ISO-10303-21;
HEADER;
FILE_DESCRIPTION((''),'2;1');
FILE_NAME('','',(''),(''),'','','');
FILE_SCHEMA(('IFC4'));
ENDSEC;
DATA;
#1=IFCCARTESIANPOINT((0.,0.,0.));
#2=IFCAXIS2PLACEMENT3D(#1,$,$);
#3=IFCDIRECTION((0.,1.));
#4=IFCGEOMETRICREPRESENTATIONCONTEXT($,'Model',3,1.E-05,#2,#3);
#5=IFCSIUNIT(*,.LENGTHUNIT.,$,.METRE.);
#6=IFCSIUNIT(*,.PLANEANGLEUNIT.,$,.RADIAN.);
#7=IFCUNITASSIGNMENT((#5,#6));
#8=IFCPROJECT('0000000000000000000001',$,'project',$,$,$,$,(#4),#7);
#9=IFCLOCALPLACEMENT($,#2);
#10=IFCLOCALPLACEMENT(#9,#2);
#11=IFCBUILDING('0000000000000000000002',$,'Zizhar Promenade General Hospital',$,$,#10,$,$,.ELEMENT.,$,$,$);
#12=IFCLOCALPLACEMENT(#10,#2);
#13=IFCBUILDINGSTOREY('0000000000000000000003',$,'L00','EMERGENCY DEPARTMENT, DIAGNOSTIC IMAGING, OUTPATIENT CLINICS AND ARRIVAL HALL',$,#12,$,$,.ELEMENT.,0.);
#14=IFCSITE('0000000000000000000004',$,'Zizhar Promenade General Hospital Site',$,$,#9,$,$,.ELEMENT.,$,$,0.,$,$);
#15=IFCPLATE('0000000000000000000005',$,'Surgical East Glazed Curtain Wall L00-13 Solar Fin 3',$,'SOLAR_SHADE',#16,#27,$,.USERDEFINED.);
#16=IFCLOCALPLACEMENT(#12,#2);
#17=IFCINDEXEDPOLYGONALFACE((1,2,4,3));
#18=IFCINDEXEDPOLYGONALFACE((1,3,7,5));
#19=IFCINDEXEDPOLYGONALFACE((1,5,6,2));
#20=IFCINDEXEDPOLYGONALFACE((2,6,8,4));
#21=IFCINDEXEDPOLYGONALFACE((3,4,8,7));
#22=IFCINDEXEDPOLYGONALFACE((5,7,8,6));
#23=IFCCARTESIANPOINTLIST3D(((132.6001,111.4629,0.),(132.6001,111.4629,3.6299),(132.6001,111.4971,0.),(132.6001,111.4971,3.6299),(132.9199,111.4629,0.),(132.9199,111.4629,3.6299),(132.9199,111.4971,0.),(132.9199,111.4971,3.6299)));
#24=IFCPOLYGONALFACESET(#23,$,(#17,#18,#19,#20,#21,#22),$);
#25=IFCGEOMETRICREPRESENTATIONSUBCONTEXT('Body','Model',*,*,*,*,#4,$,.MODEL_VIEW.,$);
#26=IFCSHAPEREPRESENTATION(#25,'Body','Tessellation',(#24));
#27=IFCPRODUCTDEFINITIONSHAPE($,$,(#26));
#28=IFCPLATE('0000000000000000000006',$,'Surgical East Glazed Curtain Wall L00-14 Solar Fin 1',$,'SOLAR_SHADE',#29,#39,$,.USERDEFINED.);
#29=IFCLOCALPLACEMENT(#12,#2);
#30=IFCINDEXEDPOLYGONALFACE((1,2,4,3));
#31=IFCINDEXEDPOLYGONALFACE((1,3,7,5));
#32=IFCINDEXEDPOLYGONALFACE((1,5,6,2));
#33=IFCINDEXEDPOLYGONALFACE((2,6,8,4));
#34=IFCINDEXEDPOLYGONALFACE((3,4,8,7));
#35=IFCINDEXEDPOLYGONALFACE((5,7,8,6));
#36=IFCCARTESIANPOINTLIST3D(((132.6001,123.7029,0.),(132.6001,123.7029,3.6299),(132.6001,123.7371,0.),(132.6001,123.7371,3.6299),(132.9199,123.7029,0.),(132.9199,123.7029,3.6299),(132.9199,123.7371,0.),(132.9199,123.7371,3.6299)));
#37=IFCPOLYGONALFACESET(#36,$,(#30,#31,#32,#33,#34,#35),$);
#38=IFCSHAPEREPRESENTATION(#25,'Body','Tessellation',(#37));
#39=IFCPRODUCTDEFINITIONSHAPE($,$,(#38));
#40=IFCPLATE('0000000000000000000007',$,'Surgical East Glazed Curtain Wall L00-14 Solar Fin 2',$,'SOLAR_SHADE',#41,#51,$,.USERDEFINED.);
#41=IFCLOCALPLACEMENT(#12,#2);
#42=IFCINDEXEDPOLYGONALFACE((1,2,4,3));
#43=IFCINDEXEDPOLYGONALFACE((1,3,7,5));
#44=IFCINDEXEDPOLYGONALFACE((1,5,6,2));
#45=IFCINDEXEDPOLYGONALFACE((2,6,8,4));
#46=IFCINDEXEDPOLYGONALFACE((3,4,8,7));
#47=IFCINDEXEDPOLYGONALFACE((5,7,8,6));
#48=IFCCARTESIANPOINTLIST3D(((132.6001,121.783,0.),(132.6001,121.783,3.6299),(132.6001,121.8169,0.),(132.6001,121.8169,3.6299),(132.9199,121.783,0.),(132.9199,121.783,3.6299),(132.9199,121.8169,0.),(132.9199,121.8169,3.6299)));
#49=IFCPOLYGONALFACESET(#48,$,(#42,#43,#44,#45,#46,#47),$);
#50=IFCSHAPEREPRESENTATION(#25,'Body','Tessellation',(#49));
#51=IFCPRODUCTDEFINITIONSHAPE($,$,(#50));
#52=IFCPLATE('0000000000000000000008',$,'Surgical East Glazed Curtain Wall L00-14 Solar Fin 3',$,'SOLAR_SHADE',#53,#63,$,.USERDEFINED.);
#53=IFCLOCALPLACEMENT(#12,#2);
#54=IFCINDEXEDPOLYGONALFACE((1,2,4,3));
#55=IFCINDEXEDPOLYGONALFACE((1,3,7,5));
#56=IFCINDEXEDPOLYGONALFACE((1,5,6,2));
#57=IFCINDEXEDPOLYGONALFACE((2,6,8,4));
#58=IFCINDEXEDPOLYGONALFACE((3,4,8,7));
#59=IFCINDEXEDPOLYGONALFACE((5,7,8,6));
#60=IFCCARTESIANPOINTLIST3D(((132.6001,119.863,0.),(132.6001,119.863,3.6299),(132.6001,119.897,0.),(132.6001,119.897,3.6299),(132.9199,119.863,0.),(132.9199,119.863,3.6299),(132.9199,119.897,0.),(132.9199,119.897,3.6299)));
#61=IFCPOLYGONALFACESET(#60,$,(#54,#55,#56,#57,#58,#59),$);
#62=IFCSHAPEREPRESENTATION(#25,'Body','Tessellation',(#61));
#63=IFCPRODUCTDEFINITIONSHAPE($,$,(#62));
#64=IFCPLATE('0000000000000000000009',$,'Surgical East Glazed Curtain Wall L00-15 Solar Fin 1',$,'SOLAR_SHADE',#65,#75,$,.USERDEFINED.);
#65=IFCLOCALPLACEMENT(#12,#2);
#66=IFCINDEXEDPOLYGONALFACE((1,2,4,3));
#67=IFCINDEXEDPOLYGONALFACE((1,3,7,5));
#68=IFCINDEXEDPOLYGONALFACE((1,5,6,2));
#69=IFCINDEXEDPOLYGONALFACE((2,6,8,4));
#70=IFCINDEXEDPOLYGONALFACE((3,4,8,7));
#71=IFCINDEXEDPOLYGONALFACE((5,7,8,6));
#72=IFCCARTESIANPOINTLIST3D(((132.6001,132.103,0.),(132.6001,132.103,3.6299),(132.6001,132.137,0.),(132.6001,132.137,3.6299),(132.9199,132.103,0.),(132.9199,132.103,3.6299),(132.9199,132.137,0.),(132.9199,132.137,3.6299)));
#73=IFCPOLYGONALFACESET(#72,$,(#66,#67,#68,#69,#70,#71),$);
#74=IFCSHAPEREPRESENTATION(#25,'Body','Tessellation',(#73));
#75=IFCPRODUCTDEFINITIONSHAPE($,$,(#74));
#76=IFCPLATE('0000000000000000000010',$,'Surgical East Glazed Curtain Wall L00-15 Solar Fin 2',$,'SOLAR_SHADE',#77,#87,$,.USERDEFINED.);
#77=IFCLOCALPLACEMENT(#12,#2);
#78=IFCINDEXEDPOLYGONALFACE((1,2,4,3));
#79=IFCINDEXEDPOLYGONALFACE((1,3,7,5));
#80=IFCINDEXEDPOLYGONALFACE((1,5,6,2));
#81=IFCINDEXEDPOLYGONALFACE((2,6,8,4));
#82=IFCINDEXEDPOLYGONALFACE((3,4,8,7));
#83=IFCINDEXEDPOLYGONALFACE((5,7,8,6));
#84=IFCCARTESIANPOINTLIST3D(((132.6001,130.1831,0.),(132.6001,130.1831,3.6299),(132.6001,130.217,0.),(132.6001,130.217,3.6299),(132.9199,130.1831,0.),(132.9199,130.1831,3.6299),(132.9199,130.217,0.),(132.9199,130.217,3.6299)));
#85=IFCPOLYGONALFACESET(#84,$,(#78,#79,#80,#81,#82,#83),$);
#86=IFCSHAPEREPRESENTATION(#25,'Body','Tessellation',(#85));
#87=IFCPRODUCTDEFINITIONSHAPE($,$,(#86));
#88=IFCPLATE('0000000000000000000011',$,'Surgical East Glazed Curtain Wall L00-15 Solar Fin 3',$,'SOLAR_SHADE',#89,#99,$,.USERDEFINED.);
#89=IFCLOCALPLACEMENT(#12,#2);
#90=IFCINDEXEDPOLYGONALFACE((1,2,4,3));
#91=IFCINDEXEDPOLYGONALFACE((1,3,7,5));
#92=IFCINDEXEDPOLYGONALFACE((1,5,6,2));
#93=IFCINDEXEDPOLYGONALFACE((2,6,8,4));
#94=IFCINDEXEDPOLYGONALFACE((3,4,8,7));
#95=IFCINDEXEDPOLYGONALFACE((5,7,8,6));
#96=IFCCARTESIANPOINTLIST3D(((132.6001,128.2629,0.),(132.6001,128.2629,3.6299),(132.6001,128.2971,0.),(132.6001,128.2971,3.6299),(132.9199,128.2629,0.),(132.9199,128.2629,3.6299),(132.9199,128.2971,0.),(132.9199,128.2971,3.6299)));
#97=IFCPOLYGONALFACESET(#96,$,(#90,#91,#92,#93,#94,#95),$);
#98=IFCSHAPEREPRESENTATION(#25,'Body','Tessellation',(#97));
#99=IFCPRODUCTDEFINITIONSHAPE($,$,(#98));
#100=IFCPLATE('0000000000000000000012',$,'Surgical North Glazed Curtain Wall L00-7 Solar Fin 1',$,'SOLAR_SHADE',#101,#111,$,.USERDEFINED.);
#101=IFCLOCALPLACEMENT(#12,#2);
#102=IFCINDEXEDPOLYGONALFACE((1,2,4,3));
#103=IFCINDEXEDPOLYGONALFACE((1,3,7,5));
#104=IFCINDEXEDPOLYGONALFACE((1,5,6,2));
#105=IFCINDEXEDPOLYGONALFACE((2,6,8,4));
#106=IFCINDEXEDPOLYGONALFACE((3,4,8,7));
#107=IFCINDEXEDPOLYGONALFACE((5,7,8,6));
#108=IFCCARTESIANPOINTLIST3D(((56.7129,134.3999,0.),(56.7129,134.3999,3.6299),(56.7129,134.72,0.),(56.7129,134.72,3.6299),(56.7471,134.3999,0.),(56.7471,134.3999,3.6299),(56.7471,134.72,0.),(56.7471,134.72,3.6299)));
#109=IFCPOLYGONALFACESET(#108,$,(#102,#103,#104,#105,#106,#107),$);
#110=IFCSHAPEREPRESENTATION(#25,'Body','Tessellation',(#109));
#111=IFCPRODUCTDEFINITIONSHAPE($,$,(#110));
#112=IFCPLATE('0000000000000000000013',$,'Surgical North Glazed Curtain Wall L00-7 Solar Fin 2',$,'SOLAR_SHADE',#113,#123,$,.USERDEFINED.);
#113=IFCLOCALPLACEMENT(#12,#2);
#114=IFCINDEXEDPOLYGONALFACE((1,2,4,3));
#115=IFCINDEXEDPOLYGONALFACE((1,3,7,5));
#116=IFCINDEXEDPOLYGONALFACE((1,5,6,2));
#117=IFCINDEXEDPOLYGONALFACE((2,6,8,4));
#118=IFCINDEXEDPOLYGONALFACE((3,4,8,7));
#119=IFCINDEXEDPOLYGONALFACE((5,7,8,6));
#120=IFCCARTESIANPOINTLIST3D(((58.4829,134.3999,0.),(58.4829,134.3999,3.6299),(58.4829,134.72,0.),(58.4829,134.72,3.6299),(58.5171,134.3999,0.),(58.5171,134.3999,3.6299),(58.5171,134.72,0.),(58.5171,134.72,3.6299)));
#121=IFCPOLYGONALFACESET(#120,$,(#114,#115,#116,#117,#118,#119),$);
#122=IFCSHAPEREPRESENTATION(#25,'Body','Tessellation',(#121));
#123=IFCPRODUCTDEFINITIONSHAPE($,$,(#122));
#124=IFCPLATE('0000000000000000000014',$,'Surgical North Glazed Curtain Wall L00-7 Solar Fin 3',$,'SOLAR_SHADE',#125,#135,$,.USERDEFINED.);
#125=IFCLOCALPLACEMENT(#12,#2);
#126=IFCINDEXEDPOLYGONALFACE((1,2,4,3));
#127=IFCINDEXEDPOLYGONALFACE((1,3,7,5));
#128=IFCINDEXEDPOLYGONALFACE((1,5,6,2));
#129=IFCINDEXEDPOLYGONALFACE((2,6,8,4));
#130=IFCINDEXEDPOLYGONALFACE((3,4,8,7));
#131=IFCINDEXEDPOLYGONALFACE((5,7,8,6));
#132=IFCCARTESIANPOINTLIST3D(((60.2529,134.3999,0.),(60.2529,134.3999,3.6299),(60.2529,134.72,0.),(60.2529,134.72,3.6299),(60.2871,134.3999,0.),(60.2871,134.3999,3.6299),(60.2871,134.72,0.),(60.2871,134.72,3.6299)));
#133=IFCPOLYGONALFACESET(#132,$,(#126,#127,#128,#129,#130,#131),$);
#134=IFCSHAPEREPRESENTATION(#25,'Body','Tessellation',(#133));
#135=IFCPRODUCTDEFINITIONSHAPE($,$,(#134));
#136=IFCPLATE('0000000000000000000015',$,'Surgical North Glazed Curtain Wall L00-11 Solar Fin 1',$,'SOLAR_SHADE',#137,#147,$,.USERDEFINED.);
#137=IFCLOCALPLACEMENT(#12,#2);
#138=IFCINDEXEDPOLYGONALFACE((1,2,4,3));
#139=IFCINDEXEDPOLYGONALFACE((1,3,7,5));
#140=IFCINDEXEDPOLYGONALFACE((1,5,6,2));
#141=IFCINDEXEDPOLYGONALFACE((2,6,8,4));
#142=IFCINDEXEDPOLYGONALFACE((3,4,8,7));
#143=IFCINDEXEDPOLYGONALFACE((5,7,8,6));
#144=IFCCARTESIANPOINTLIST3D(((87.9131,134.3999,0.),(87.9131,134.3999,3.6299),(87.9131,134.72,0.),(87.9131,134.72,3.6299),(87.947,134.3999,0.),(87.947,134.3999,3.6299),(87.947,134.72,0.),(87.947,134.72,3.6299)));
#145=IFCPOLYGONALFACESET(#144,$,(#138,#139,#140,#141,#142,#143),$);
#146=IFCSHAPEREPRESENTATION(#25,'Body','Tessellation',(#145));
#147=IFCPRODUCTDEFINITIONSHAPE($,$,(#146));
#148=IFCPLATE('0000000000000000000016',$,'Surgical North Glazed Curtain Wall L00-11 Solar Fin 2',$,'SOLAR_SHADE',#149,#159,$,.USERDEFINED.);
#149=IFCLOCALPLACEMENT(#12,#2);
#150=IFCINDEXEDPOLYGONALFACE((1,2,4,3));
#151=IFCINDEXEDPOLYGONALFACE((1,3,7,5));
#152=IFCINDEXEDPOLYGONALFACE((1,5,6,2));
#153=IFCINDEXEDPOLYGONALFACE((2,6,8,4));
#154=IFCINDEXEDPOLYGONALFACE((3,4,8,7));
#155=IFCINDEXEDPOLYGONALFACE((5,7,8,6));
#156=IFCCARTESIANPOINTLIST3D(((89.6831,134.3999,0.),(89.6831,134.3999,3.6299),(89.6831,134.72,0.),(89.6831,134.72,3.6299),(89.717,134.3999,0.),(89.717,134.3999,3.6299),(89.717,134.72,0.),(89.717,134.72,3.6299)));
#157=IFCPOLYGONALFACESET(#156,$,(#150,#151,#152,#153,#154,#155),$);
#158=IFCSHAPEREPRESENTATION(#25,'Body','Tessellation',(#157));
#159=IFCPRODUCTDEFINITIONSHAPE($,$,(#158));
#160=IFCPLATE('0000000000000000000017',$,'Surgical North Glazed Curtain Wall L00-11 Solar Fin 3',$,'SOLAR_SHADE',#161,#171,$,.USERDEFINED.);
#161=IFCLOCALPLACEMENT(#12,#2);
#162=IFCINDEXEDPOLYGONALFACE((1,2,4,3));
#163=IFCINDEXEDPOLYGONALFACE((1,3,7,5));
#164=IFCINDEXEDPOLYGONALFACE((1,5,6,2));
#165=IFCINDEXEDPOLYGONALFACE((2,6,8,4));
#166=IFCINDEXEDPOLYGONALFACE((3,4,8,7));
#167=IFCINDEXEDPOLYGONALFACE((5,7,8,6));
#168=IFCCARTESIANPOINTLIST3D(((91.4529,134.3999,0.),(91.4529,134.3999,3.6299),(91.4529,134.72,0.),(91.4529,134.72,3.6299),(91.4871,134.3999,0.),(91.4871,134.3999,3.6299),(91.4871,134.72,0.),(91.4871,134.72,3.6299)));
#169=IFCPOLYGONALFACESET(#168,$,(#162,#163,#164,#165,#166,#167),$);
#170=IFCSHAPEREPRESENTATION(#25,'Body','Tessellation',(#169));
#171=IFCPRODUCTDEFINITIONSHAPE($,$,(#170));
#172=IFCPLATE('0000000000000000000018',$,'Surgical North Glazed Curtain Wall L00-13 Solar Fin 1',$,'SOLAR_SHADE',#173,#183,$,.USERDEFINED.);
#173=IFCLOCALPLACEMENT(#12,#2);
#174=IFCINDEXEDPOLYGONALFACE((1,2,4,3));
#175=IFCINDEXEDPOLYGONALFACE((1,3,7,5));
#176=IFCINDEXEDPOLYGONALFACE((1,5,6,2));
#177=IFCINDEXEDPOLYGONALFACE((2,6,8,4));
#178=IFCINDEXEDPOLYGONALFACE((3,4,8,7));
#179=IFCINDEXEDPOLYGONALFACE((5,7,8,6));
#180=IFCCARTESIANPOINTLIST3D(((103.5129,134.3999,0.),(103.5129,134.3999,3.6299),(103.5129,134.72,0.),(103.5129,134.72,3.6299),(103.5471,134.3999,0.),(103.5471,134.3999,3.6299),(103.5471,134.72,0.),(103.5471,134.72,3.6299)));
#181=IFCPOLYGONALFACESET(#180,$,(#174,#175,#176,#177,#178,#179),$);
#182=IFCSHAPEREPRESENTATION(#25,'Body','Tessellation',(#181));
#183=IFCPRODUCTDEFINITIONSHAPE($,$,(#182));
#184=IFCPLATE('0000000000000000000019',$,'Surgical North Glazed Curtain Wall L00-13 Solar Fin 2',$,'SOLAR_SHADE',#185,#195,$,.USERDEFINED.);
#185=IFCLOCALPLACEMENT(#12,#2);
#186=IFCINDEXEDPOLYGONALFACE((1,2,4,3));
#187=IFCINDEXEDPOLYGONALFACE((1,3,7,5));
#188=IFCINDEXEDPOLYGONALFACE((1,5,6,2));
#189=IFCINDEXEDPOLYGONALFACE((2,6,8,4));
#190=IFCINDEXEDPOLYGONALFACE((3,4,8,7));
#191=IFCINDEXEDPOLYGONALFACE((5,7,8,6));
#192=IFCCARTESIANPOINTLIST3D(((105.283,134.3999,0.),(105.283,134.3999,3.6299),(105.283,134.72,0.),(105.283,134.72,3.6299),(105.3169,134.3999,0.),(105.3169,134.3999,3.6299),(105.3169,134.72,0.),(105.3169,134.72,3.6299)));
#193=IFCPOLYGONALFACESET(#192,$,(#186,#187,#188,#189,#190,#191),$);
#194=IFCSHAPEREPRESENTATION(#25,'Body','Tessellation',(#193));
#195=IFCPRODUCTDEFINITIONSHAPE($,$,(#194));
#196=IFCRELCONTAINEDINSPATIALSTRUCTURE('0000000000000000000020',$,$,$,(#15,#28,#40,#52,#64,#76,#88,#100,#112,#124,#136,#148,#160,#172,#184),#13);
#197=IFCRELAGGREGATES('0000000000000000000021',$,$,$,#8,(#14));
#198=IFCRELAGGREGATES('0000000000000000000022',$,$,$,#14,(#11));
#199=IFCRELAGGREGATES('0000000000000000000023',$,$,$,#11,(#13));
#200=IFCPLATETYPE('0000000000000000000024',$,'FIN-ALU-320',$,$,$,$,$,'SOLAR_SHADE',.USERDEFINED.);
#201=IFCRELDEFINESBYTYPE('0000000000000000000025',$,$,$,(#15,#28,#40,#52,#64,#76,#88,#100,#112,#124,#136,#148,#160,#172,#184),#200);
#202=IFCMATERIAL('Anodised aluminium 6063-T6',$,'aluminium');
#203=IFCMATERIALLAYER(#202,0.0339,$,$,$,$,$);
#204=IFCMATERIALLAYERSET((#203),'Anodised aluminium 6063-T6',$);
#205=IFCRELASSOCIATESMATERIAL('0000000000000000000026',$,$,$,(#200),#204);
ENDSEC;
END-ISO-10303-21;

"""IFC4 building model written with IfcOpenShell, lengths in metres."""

from ifc_helpers import new_model, si_unit, direction, origin, place, context, subcontext, project, spatial, polyline, outline, extrude, material, layer, layer_set, type_object, element, save


model = new_model("IFC4")

# Units and contexts
model_context = context("Model", 3, precision=1e-05, world=origin(), true_north=direction((0.0, 1.0)))
body_context = subcontext(model_context, "Body", "Model", "MODEL_VIEW")
ifc_project = project(units=[si_unit("LENGTHUNIT", "METRE"), si_unit("PLANEANGLEUNIT", "RADIAN")], contexts=[model_context])

# Site, building, storey
site_placement = place(None, origin())
site = spatial("IfcSite", under=ifc_project, at=site_placement, Name="Zizhar Promenade General Hospital Site", CompositionType="ELEMENT", RefElevation=0.0)
building_placement = place(site_placement, origin())
building = spatial("IfcBuilding", under=site, at=building_placement, Name="Zizhar Promenade General Hospital", CompositionType="ELEMENT")
storey_placement = place(building_placement, origin())
storey = spatial("IfcBuildingStorey", under=building, at=storey_placement, Name="L00", Description="EMERGENCY DEPARTMENT, DIAGNOSTIC IMAGING, OUTPATIENT CLINICS AND ARRIVAL HALL", CompositionType="ELEMENT", Elevation=0.0)

# Plates
ifc_material_1 = material(Name="Anodised aluminium 6063-T6", Category="aluminium")
ifc_layer_1 = layer(ifc_material_1, 0.0339)
ifc_layer_set_1 = layer_set([ifc_layer_1], Name="Anodised aluminium 6063-T6")
plate_type_1 = type_object("IfcPlateType", Name="FIN-ALU-320", ElementType="SOLAR_SHADE", PredefinedType="USERDEFINED", material=ifc_layer_set_1)
plate_1_placement = place(storey_placement, origin())
element("IfcPlate", 1, at=plate_1_placement, inside=storey, type_object=plate_type_1, Name="Surgical East Glazed Curtain Wall L00-13 Solar Fin 3", ObjectType="SOLAR_SHADE", PredefinedType="USERDEFINED", context=body_context, shape_type="SweptSolid", body=[
    extrude(outline(polyline([(132.6001, 111.4971), (132.6001, 111.4629), (132.9199, 111.4629), (132.9199, 111.4971), (132.6001, 111.4971)])), origin(), (0.0, 0.0, 1.0), 3.6299),
])
plate_2_placement = place(storey_placement, origin())
element("IfcPlate", 2, at=plate_2_placement, inside=storey, type_object=plate_type_1, Name="Surgical East Glazed Curtain Wall L00-14 Solar Fin 1", ObjectType="SOLAR_SHADE", PredefinedType="USERDEFINED", context=body_context, shape_type="SweptSolid", body=[
    extrude(outline(polyline([(132.6001, 123.7371), (132.6001, 123.7029), (132.9199, 123.7029), (132.9199, 123.7371), (132.6001, 123.7371)])), origin(), (0.0, 0.0, 1.0), 3.6299),
])
plate_3_placement = place(storey_placement, origin())
element("IfcPlate", 3, at=plate_3_placement, inside=storey, type_object=plate_type_1, Name="Surgical East Glazed Curtain Wall L00-14 Solar Fin 2", ObjectType="SOLAR_SHADE", PredefinedType="USERDEFINED", context=body_context, shape_type="SweptSolid", body=[
    extrude(outline(polyline([(132.6001, 121.8169), (132.6001, 121.783), (132.9199, 121.783), (132.9199, 121.8169), (132.6001, 121.8169)])), origin(), (0.0, 0.0, 1.0), 3.6299),
])
plate_4_placement = place(storey_placement, origin())
element("IfcPlate", 4, at=plate_4_placement, inside=storey, type_object=plate_type_1, Name="Surgical East Glazed Curtain Wall L00-14 Solar Fin 3", ObjectType="SOLAR_SHADE", PredefinedType="USERDEFINED", context=body_context, shape_type="SweptSolid", body=[
    extrude(outline(polyline([(132.6001, 119.897), (132.6001, 119.863), (132.9199, 119.863), (132.9199, 119.897), (132.6001, 119.897)])), origin(), (0.0, 0.0, 1.0), 3.6299),
])
plate_5_placement = place(storey_placement, origin())
element("IfcPlate", 5, at=plate_5_placement, inside=storey, type_object=plate_type_1, Name="Surgical East Glazed Curtain Wall L00-15 Solar Fin 1", ObjectType="SOLAR_SHADE", PredefinedType="USERDEFINED", context=body_context, shape_type="SweptSolid", body=[
    extrude(outline(polyline([(132.6001, 132.137), (132.6001, 132.103), (132.9199, 132.103), (132.9199, 132.137), (132.6001, 132.137)])), origin(), (0.0, 0.0, 1.0), 3.6299),
])
plate_6_placement = place(storey_placement, origin())
element("IfcPlate", 6, at=plate_6_placement, inside=storey, type_object=plate_type_1, Name="Surgical East Glazed Curtain Wall L00-15 Solar Fin 2", ObjectType="SOLAR_SHADE", PredefinedType="USERDEFINED", context=body_context, shape_type="SweptSolid", body=[
    extrude(outline(polyline([(132.6001, 130.217), (132.6001, 130.1831), (132.9199, 130.1831), (132.9199, 130.217), (132.6001, 130.217)])), origin(), (0.0, 0.0, 1.0), 3.6299),
])
plate_7_placement = place(storey_placement, origin())
element("IfcPlate", 7, at=plate_7_placement, inside=storey, type_object=plate_type_1, Name="Surgical East Glazed Curtain Wall L00-15 Solar Fin 3", ObjectType="SOLAR_SHADE", PredefinedType="USERDEFINED", context=body_context, shape_type="SweptSolid", body=[
    extrude(outline(polyline([(132.6001, 128.2971), (132.6001, 128.2629), (132.9199, 128.2629), (132.9199, 128.2971), (132.6001, 128.2971)])), origin(), (0.0, 0.0, 1.0), 3.6299),
])
plate_8_placement = place(storey_placement, origin())
element("IfcPlate", 8, at=plate_8_placement, inside=storey, type_object=plate_type_1, Name="Surgical North Glazed Curtain Wall L00-7 Solar Fin 1", ObjectType="SOLAR_SHADE", PredefinedType="USERDEFINED", context=body_context, shape_type="SweptSolid", body=[
    extrude(outline(polyline([(56.7129, 134.3999), (56.7471, 134.3999), (56.7471, 134.72), (56.7129, 134.72), (56.7129, 134.3999)])), origin(), (0.0, 0.0, 1.0), 3.6299),
])
plate_9_placement = place(storey_placement, origin())
element("IfcPlate", 9, at=plate_9_placement, inside=storey, type_object=plate_type_1, Name="Surgical North Glazed Curtain Wall L00-7 Solar Fin 2", ObjectType="SOLAR_SHADE", PredefinedType="USERDEFINED", context=body_context, shape_type="SweptSolid", body=[
    extrude(outline(polyline([(58.4829, 134.3999), (58.5171, 134.3999), (58.5171, 134.72), (58.4829, 134.72), (58.4829, 134.3999)])), origin(), (0.0, 0.0, 1.0), 3.6299),
])
plate_10_placement = place(storey_placement, origin())
element("IfcPlate", 10, at=plate_10_placement, inside=storey, type_object=plate_type_1, Name="Surgical North Glazed Curtain Wall L00-7 Solar Fin 3", ObjectType="SOLAR_SHADE", PredefinedType="USERDEFINED", context=body_context, shape_type="SweptSolid", body=[
    extrude(outline(polyline([(60.2529, 134.3999), (60.2871, 134.3999), (60.2871, 134.72), (60.2529, 134.72), (60.2529, 134.3999)])), origin(), (0.0, 0.0, 1.0), 3.6299),
])
plate_11_placement = place(storey_placement, origin())
element("IfcPlate", 11, at=plate_11_placement, inside=storey, type_object=plate_type_1, Name="Surgical North Glazed Curtain Wall L00-11 Solar Fin 1", ObjectType="SOLAR_SHADE", PredefinedType="USERDEFINED", context=body_context, shape_type="SweptSolid", body=[
    extrude(outline(polyline([(87.9131, 134.3999), (87.947, 134.3999), (87.947, 134.72), (87.9131, 134.72), (87.9131, 134.3999)])), origin(), (0.0, 0.0, 1.0), 3.6299),
])
plate_12_placement = place(storey_placement, origin())
element("IfcPlate", 12, at=plate_12_placement, inside=storey, type_object=plate_type_1, Name="Surgical North Glazed Curtain Wall L00-11 Solar Fin 2", ObjectType="SOLAR_SHADE", PredefinedType="USERDEFINED", context=body_context, shape_type="SweptSolid", body=[
    extrude(outline(polyline([(89.6831, 134.3999), (89.717, 134.3999), (89.717, 134.72), (89.6831, 134.72), (89.6831, 134.3999)])), origin(), (0.0, 0.0, 1.0), 3.6299),
])
plate_13_placement = place(storey_placement, origin())
element("IfcPlate", 13, at=plate_13_placement, inside=storey, type_object=plate_type_1, Name="Surgical North Glazed Curtain Wall L00-11 Solar Fin 3", ObjectType="SOLAR_SHADE", PredefinedType="USERDEFINED", context=body_context, shape_type="SweptSolid", body=[
    extrude(outline(polyline([(91.4529, 134.3999), (91.4871, 134.3999), (91.4871, 134.72), (91.4529, 134.72), (91.4529, 134.3999)])), origin(), (0.0, 0.0, 1.0), 3.6299),
])
plate_14_placement = place(storey_placement, origin())
element("IfcPlate", 14, at=plate_14_placement, inside=storey, type_object=plate_type_1, Name="Surgical North Glazed Curtain Wall L00-13 Solar Fin 1", ObjectType="SOLAR_SHADE", PredefinedType="USERDEFINED", context=body_context, shape_type="SweptSolid", body=[
    extrude(outline(polyline([(103.5129, 134.3999), (103.5471, 134.3999), (103.5471, 134.72), (103.5129, 134.72), (103.5129, 134.3999)])), origin(), (0.0, 0.0, 1.0), 3.6299),
])
plate_15_placement = place(storey_placement, origin())
element("IfcPlate", 15, at=plate_15_placement, inside=storey, type_object=plate_type_1, Name="Surgical North Glazed Curtain Wall L00-13 Solar Fin 2", ObjectType="SOLAR_SHADE", PredefinedType="USERDEFINED", context=body_context, shape_type="SweptSolid", body=[
    extrude(outline(polyline([(105.283, 134.3999), (105.3169, 134.3999), (105.3169, 134.72), (105.283, 134.72), (105.283, 134.3999)])), origin(), (0.0, 0.0, 1.0), 3.6299),
])

save(model, "model.ifc")
